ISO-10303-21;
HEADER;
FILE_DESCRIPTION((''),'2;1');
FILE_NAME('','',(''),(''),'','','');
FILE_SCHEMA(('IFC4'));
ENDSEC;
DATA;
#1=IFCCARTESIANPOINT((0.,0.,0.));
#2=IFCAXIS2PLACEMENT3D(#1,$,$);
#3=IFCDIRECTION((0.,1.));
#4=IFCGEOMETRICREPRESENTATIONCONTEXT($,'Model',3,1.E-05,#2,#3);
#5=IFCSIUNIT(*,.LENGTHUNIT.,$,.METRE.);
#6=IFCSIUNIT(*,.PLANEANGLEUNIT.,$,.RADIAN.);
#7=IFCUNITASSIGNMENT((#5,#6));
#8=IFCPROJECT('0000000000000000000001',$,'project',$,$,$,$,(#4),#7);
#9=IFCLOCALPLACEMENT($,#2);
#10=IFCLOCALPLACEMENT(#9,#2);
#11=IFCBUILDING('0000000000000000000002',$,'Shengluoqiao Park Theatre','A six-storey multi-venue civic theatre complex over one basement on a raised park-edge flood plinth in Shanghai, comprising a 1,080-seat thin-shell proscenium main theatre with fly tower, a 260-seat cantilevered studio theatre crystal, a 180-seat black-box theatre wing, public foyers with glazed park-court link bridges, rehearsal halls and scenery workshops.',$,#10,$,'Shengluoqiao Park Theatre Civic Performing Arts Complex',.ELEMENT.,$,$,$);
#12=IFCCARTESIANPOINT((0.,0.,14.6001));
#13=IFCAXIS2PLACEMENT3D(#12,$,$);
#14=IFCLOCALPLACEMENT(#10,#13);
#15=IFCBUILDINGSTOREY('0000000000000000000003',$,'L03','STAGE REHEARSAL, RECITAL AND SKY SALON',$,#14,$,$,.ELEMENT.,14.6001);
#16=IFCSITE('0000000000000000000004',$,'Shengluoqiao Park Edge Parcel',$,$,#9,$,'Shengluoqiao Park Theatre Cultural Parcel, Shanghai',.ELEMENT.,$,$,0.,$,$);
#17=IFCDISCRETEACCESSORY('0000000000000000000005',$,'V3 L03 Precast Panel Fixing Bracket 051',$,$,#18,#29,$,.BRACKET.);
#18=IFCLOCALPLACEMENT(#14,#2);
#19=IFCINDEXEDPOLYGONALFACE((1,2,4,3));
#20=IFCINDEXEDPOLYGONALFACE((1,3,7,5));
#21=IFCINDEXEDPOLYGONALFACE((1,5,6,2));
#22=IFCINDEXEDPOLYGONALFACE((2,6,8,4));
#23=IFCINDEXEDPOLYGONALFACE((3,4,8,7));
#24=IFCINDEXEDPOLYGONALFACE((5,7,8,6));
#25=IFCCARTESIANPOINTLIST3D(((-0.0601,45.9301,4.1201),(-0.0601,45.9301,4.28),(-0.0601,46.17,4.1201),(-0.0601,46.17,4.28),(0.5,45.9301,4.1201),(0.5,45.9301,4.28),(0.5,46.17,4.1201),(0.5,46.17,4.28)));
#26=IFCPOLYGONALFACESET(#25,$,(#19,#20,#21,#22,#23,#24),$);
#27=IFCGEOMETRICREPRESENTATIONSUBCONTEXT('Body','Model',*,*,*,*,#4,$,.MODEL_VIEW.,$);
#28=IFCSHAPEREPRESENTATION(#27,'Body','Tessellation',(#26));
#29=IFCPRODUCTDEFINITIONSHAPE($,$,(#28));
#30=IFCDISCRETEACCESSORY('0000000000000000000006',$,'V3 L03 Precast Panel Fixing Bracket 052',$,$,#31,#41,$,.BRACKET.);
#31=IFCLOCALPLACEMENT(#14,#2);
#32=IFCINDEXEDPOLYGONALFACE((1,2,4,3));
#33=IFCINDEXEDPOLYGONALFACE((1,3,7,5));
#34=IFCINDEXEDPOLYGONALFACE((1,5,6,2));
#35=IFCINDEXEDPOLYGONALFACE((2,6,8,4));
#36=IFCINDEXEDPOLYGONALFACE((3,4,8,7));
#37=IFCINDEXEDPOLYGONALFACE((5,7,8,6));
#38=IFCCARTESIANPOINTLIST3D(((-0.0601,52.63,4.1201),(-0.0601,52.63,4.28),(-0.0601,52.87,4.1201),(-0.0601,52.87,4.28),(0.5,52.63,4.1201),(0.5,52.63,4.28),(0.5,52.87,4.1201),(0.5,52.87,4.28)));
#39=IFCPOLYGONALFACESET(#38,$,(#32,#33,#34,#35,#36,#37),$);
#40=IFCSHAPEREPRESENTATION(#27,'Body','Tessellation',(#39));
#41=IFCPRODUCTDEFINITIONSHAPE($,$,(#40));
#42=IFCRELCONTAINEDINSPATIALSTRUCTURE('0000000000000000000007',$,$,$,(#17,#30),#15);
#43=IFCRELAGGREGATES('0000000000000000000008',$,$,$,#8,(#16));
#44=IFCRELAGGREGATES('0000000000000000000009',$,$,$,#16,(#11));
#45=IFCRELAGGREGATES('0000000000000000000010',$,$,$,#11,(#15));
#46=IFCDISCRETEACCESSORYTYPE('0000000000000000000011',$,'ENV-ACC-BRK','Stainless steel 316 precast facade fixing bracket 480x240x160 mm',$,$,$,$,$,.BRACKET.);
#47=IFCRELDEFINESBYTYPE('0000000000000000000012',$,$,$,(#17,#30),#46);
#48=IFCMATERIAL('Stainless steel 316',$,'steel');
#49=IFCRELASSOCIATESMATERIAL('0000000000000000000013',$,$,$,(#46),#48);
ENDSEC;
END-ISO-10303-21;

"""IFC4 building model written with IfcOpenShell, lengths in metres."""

from ifc_helpers import new_model, si_unit, direction, frame, origin, origin_2d, place, context, subcontext, project, spatial, rectangle, extrude, material, type_object, element, save


model = new_model("IFC4")

# Units and contexts
model_context = context("Model", 3, precision=1e-05, world=origin(), true_north=direction((0.0, 1.0)))
body_context = subcontext(model_context, "Body", "Model", "MODEL_VIEW")
ifc_project = project(units=[si_unit("LENGTHUNIT", "METRE"), si_unit("PLANEANGLEUNIT", "RADIAN")], contexts=[model_context])

# Site, building, storey
site_placement = place(None, origin())
site = spatial("IfcSite", under=ifc_project, at=site_placement, Name="Shengluoqiao Park Edge Parcel", LongName="Shengluoqiao Park Theatre Cultural Parcel, Shanghai", CompositionType="ELEMENT", RefElevation=0.0)
building_placement = place(site_placement, origin())
building = spatial("IfcBuilding", under=site, at=building_placement, Name="Shengluoqiao Park Theatre", Description="A six-storey multi-venue civic theatre complex over one basement on a raised park-edge flood plinth in Shanghai, comprising a 1,080-seat thin-shell proscenium main theatre with fly tower, a 260-seat cantilevered studio theatre crystal, a 180-seat black-box theatre wing, public foyers with glazed park-court link bridges, rehearsal halls and scenery workshops.", LongName="Shengluoqiao Park Theatre Civic Performing Arts Complex", CompositionType="ELEMENT")
storey_placement = place(building_placement, frame((0.0, 0.0, 14.6001)))
storey = spatial("IfcBuildingStorey", under=building, at=storey_placement, Name="L03", Description="STAGE REHEARSAL, RECITAL AND SKY SALON", CompositionType="ELEMENT", Elevation=14.6001)

# Discrete accessories
ifc_material_1 = material(Name="Stainless steel 316", Category="steel")
discrete_accessory_type = type_object("IfcDiscreteAccessoryType", Name="ENV-ACC-BRK", Description="Stainless steel 316 precast facade fixing bracket 480x240x160 mm", PredefinedType="BRACKET", material=ifc_material_1)
for number, where, z_axis, x_axis, name in (
    (1, (0.22, 46.05, 4.1201), (0.0, 0.0, 1.0), (1.0, 0.0, 0.0), "V3 L03 Precast Panel Fixing Bracket 051"),
    (2, (0.22, 52.75, 4.1201), (0.0, 0.0, 1.0), (1.0, 0.0, 0.0), "V3 L03 Precast Panel Fixing Bracket 052"),
):
    element("IfcDiscreteAccessory", number, at=place(storey_placement, frame(where, z_axis=z_axis, x_axis=x_axis)), inside=storey, type_object=discrete_accessory_type, Name=name, PredefinedType="BRACKET", context=body_context, shape_type="SweptSolid", body=[
        extrude(rectangle(XDim=0.5601, YDim=0.24, at=origin_2d()), origin(), (0.0, 0.0, 1.0), 0.1599),
    ])

save(model, "model.ifc")
